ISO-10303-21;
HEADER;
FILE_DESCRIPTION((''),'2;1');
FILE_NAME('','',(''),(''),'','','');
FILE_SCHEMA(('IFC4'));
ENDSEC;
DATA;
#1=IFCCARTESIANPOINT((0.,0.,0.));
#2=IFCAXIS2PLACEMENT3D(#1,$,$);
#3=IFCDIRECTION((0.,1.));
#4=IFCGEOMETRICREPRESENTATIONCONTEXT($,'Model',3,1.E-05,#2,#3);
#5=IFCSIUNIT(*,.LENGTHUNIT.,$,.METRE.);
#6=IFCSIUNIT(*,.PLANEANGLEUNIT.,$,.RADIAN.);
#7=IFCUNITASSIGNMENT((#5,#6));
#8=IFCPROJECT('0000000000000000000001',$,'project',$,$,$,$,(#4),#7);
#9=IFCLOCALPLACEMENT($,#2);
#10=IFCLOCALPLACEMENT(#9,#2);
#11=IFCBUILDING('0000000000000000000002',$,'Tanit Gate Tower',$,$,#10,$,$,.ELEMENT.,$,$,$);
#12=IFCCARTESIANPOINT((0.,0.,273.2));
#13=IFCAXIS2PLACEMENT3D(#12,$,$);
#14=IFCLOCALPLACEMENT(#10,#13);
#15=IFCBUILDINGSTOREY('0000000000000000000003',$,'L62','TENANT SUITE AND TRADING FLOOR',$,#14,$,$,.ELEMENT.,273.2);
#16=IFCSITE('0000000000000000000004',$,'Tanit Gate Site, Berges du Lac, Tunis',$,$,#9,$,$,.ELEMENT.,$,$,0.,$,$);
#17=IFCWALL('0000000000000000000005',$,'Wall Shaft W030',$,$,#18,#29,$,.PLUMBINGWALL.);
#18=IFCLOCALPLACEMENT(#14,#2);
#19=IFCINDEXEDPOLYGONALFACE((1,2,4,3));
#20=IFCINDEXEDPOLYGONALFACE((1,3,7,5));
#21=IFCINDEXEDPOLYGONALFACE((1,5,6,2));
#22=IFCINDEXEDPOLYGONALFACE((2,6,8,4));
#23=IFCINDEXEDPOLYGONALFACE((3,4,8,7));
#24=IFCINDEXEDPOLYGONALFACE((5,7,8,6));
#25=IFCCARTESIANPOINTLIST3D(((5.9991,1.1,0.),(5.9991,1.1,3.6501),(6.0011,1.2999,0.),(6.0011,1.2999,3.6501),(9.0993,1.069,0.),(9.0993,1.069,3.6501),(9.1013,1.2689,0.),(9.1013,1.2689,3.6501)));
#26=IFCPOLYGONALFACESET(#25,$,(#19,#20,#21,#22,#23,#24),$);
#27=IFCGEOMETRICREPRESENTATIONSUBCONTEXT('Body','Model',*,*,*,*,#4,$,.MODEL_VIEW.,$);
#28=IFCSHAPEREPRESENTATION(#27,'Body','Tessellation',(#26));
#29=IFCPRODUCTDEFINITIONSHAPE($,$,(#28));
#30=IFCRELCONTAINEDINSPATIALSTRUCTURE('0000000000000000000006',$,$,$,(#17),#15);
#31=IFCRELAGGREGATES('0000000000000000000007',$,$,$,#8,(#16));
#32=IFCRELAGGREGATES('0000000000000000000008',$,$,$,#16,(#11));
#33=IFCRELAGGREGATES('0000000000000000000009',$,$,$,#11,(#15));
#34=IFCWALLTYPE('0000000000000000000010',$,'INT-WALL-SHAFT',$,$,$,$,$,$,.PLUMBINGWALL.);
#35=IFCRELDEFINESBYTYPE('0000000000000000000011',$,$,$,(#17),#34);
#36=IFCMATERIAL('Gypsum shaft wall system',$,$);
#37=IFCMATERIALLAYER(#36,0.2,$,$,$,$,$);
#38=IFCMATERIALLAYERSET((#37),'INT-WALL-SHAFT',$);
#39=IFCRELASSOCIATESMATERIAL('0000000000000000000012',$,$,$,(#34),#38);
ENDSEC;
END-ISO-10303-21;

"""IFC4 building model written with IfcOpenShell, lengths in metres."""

from ifc_helpers import new_model, si_unit, direction, frame, frame_2d, origin, place, context, subcontext, project, spatial, rectangle, extrude, material, layer, layer_set, type_object, element, save


model = new_model("IFC4")

# Units and contexts
model_context = context("Model", 3, precision=1e-05, world=origin(), true_north=direction((0.0, 1.0)))
body_context = subcontext(model_context, "Body", "Model", "MODEL_VIEW")
ifc_project = project(units=[si_unit("LENGTHUNIT", "METRE"), si_unit("PLANEANGLEUNIT", "RADIAN")], contexts=[model_context])

# Site, building, storey
site_placement = place(None, origin())
site = spatial("IfcSite", under=ifc_project, at=site_placement, Name="Tanit Gate Site, Berges du Lac, Tunis", CompositionType="ELEMENT", RefElevation=0.0)
building_placement = place(site_placement, origin())
building = spatial("IfcBuilding", under=site, at=building_placement, Name="Tanit Gate Tower", CompositionType="ELEMENT")
storey_placement = place(building_placement, frame((0.0, 0.0, 273.2)))
storey = spatial("IfcBuildingStorey", under=building, at=storey_placement, Name="L62", Description="TENANT SUITE AND TRADING FLOOR", CompositionType="ELEMENT", Elevation=273.2)

# Shared definitions
ifc_material_1 = material(Name="Gypsum shaft wall system")
ifc_layer_1 = layer(ifc_material_1, 0.2)
ifc_layer_set_1 = layer_set([ifc_layer_1], Name="INT-WALL-SHAFT")
wall_type_1 = type_object("IfcWallType", Name="INT-WALL-SHAFT", PredefinedType="PLUMBINGWALL", material=ifc_layer_set_1)

# Wall
wall_1_placement = place(storey_placement, frame((6.0, 1.2, 0.0), z_axis=(0.0, 0.0, 1.0), x_axis=(0.99995, -0.010001, 0.0)))
element("IfcWall", 1, at=wall_1_placement, inside=storey, type_object=wall_type_1, Name="Wall Shaft W030", PredefinedType="PLUMBINGWALL", context=body_context, shape_type="SweptSolid", body=[
    extrude(rectangle(XDim=3.1003, YDim=0.2, at=frame_2d((1.5503, 0.0))), origin(), (0.0, 0.0, 1.0), 3.6501),
])

save(model, "model.ifc")
